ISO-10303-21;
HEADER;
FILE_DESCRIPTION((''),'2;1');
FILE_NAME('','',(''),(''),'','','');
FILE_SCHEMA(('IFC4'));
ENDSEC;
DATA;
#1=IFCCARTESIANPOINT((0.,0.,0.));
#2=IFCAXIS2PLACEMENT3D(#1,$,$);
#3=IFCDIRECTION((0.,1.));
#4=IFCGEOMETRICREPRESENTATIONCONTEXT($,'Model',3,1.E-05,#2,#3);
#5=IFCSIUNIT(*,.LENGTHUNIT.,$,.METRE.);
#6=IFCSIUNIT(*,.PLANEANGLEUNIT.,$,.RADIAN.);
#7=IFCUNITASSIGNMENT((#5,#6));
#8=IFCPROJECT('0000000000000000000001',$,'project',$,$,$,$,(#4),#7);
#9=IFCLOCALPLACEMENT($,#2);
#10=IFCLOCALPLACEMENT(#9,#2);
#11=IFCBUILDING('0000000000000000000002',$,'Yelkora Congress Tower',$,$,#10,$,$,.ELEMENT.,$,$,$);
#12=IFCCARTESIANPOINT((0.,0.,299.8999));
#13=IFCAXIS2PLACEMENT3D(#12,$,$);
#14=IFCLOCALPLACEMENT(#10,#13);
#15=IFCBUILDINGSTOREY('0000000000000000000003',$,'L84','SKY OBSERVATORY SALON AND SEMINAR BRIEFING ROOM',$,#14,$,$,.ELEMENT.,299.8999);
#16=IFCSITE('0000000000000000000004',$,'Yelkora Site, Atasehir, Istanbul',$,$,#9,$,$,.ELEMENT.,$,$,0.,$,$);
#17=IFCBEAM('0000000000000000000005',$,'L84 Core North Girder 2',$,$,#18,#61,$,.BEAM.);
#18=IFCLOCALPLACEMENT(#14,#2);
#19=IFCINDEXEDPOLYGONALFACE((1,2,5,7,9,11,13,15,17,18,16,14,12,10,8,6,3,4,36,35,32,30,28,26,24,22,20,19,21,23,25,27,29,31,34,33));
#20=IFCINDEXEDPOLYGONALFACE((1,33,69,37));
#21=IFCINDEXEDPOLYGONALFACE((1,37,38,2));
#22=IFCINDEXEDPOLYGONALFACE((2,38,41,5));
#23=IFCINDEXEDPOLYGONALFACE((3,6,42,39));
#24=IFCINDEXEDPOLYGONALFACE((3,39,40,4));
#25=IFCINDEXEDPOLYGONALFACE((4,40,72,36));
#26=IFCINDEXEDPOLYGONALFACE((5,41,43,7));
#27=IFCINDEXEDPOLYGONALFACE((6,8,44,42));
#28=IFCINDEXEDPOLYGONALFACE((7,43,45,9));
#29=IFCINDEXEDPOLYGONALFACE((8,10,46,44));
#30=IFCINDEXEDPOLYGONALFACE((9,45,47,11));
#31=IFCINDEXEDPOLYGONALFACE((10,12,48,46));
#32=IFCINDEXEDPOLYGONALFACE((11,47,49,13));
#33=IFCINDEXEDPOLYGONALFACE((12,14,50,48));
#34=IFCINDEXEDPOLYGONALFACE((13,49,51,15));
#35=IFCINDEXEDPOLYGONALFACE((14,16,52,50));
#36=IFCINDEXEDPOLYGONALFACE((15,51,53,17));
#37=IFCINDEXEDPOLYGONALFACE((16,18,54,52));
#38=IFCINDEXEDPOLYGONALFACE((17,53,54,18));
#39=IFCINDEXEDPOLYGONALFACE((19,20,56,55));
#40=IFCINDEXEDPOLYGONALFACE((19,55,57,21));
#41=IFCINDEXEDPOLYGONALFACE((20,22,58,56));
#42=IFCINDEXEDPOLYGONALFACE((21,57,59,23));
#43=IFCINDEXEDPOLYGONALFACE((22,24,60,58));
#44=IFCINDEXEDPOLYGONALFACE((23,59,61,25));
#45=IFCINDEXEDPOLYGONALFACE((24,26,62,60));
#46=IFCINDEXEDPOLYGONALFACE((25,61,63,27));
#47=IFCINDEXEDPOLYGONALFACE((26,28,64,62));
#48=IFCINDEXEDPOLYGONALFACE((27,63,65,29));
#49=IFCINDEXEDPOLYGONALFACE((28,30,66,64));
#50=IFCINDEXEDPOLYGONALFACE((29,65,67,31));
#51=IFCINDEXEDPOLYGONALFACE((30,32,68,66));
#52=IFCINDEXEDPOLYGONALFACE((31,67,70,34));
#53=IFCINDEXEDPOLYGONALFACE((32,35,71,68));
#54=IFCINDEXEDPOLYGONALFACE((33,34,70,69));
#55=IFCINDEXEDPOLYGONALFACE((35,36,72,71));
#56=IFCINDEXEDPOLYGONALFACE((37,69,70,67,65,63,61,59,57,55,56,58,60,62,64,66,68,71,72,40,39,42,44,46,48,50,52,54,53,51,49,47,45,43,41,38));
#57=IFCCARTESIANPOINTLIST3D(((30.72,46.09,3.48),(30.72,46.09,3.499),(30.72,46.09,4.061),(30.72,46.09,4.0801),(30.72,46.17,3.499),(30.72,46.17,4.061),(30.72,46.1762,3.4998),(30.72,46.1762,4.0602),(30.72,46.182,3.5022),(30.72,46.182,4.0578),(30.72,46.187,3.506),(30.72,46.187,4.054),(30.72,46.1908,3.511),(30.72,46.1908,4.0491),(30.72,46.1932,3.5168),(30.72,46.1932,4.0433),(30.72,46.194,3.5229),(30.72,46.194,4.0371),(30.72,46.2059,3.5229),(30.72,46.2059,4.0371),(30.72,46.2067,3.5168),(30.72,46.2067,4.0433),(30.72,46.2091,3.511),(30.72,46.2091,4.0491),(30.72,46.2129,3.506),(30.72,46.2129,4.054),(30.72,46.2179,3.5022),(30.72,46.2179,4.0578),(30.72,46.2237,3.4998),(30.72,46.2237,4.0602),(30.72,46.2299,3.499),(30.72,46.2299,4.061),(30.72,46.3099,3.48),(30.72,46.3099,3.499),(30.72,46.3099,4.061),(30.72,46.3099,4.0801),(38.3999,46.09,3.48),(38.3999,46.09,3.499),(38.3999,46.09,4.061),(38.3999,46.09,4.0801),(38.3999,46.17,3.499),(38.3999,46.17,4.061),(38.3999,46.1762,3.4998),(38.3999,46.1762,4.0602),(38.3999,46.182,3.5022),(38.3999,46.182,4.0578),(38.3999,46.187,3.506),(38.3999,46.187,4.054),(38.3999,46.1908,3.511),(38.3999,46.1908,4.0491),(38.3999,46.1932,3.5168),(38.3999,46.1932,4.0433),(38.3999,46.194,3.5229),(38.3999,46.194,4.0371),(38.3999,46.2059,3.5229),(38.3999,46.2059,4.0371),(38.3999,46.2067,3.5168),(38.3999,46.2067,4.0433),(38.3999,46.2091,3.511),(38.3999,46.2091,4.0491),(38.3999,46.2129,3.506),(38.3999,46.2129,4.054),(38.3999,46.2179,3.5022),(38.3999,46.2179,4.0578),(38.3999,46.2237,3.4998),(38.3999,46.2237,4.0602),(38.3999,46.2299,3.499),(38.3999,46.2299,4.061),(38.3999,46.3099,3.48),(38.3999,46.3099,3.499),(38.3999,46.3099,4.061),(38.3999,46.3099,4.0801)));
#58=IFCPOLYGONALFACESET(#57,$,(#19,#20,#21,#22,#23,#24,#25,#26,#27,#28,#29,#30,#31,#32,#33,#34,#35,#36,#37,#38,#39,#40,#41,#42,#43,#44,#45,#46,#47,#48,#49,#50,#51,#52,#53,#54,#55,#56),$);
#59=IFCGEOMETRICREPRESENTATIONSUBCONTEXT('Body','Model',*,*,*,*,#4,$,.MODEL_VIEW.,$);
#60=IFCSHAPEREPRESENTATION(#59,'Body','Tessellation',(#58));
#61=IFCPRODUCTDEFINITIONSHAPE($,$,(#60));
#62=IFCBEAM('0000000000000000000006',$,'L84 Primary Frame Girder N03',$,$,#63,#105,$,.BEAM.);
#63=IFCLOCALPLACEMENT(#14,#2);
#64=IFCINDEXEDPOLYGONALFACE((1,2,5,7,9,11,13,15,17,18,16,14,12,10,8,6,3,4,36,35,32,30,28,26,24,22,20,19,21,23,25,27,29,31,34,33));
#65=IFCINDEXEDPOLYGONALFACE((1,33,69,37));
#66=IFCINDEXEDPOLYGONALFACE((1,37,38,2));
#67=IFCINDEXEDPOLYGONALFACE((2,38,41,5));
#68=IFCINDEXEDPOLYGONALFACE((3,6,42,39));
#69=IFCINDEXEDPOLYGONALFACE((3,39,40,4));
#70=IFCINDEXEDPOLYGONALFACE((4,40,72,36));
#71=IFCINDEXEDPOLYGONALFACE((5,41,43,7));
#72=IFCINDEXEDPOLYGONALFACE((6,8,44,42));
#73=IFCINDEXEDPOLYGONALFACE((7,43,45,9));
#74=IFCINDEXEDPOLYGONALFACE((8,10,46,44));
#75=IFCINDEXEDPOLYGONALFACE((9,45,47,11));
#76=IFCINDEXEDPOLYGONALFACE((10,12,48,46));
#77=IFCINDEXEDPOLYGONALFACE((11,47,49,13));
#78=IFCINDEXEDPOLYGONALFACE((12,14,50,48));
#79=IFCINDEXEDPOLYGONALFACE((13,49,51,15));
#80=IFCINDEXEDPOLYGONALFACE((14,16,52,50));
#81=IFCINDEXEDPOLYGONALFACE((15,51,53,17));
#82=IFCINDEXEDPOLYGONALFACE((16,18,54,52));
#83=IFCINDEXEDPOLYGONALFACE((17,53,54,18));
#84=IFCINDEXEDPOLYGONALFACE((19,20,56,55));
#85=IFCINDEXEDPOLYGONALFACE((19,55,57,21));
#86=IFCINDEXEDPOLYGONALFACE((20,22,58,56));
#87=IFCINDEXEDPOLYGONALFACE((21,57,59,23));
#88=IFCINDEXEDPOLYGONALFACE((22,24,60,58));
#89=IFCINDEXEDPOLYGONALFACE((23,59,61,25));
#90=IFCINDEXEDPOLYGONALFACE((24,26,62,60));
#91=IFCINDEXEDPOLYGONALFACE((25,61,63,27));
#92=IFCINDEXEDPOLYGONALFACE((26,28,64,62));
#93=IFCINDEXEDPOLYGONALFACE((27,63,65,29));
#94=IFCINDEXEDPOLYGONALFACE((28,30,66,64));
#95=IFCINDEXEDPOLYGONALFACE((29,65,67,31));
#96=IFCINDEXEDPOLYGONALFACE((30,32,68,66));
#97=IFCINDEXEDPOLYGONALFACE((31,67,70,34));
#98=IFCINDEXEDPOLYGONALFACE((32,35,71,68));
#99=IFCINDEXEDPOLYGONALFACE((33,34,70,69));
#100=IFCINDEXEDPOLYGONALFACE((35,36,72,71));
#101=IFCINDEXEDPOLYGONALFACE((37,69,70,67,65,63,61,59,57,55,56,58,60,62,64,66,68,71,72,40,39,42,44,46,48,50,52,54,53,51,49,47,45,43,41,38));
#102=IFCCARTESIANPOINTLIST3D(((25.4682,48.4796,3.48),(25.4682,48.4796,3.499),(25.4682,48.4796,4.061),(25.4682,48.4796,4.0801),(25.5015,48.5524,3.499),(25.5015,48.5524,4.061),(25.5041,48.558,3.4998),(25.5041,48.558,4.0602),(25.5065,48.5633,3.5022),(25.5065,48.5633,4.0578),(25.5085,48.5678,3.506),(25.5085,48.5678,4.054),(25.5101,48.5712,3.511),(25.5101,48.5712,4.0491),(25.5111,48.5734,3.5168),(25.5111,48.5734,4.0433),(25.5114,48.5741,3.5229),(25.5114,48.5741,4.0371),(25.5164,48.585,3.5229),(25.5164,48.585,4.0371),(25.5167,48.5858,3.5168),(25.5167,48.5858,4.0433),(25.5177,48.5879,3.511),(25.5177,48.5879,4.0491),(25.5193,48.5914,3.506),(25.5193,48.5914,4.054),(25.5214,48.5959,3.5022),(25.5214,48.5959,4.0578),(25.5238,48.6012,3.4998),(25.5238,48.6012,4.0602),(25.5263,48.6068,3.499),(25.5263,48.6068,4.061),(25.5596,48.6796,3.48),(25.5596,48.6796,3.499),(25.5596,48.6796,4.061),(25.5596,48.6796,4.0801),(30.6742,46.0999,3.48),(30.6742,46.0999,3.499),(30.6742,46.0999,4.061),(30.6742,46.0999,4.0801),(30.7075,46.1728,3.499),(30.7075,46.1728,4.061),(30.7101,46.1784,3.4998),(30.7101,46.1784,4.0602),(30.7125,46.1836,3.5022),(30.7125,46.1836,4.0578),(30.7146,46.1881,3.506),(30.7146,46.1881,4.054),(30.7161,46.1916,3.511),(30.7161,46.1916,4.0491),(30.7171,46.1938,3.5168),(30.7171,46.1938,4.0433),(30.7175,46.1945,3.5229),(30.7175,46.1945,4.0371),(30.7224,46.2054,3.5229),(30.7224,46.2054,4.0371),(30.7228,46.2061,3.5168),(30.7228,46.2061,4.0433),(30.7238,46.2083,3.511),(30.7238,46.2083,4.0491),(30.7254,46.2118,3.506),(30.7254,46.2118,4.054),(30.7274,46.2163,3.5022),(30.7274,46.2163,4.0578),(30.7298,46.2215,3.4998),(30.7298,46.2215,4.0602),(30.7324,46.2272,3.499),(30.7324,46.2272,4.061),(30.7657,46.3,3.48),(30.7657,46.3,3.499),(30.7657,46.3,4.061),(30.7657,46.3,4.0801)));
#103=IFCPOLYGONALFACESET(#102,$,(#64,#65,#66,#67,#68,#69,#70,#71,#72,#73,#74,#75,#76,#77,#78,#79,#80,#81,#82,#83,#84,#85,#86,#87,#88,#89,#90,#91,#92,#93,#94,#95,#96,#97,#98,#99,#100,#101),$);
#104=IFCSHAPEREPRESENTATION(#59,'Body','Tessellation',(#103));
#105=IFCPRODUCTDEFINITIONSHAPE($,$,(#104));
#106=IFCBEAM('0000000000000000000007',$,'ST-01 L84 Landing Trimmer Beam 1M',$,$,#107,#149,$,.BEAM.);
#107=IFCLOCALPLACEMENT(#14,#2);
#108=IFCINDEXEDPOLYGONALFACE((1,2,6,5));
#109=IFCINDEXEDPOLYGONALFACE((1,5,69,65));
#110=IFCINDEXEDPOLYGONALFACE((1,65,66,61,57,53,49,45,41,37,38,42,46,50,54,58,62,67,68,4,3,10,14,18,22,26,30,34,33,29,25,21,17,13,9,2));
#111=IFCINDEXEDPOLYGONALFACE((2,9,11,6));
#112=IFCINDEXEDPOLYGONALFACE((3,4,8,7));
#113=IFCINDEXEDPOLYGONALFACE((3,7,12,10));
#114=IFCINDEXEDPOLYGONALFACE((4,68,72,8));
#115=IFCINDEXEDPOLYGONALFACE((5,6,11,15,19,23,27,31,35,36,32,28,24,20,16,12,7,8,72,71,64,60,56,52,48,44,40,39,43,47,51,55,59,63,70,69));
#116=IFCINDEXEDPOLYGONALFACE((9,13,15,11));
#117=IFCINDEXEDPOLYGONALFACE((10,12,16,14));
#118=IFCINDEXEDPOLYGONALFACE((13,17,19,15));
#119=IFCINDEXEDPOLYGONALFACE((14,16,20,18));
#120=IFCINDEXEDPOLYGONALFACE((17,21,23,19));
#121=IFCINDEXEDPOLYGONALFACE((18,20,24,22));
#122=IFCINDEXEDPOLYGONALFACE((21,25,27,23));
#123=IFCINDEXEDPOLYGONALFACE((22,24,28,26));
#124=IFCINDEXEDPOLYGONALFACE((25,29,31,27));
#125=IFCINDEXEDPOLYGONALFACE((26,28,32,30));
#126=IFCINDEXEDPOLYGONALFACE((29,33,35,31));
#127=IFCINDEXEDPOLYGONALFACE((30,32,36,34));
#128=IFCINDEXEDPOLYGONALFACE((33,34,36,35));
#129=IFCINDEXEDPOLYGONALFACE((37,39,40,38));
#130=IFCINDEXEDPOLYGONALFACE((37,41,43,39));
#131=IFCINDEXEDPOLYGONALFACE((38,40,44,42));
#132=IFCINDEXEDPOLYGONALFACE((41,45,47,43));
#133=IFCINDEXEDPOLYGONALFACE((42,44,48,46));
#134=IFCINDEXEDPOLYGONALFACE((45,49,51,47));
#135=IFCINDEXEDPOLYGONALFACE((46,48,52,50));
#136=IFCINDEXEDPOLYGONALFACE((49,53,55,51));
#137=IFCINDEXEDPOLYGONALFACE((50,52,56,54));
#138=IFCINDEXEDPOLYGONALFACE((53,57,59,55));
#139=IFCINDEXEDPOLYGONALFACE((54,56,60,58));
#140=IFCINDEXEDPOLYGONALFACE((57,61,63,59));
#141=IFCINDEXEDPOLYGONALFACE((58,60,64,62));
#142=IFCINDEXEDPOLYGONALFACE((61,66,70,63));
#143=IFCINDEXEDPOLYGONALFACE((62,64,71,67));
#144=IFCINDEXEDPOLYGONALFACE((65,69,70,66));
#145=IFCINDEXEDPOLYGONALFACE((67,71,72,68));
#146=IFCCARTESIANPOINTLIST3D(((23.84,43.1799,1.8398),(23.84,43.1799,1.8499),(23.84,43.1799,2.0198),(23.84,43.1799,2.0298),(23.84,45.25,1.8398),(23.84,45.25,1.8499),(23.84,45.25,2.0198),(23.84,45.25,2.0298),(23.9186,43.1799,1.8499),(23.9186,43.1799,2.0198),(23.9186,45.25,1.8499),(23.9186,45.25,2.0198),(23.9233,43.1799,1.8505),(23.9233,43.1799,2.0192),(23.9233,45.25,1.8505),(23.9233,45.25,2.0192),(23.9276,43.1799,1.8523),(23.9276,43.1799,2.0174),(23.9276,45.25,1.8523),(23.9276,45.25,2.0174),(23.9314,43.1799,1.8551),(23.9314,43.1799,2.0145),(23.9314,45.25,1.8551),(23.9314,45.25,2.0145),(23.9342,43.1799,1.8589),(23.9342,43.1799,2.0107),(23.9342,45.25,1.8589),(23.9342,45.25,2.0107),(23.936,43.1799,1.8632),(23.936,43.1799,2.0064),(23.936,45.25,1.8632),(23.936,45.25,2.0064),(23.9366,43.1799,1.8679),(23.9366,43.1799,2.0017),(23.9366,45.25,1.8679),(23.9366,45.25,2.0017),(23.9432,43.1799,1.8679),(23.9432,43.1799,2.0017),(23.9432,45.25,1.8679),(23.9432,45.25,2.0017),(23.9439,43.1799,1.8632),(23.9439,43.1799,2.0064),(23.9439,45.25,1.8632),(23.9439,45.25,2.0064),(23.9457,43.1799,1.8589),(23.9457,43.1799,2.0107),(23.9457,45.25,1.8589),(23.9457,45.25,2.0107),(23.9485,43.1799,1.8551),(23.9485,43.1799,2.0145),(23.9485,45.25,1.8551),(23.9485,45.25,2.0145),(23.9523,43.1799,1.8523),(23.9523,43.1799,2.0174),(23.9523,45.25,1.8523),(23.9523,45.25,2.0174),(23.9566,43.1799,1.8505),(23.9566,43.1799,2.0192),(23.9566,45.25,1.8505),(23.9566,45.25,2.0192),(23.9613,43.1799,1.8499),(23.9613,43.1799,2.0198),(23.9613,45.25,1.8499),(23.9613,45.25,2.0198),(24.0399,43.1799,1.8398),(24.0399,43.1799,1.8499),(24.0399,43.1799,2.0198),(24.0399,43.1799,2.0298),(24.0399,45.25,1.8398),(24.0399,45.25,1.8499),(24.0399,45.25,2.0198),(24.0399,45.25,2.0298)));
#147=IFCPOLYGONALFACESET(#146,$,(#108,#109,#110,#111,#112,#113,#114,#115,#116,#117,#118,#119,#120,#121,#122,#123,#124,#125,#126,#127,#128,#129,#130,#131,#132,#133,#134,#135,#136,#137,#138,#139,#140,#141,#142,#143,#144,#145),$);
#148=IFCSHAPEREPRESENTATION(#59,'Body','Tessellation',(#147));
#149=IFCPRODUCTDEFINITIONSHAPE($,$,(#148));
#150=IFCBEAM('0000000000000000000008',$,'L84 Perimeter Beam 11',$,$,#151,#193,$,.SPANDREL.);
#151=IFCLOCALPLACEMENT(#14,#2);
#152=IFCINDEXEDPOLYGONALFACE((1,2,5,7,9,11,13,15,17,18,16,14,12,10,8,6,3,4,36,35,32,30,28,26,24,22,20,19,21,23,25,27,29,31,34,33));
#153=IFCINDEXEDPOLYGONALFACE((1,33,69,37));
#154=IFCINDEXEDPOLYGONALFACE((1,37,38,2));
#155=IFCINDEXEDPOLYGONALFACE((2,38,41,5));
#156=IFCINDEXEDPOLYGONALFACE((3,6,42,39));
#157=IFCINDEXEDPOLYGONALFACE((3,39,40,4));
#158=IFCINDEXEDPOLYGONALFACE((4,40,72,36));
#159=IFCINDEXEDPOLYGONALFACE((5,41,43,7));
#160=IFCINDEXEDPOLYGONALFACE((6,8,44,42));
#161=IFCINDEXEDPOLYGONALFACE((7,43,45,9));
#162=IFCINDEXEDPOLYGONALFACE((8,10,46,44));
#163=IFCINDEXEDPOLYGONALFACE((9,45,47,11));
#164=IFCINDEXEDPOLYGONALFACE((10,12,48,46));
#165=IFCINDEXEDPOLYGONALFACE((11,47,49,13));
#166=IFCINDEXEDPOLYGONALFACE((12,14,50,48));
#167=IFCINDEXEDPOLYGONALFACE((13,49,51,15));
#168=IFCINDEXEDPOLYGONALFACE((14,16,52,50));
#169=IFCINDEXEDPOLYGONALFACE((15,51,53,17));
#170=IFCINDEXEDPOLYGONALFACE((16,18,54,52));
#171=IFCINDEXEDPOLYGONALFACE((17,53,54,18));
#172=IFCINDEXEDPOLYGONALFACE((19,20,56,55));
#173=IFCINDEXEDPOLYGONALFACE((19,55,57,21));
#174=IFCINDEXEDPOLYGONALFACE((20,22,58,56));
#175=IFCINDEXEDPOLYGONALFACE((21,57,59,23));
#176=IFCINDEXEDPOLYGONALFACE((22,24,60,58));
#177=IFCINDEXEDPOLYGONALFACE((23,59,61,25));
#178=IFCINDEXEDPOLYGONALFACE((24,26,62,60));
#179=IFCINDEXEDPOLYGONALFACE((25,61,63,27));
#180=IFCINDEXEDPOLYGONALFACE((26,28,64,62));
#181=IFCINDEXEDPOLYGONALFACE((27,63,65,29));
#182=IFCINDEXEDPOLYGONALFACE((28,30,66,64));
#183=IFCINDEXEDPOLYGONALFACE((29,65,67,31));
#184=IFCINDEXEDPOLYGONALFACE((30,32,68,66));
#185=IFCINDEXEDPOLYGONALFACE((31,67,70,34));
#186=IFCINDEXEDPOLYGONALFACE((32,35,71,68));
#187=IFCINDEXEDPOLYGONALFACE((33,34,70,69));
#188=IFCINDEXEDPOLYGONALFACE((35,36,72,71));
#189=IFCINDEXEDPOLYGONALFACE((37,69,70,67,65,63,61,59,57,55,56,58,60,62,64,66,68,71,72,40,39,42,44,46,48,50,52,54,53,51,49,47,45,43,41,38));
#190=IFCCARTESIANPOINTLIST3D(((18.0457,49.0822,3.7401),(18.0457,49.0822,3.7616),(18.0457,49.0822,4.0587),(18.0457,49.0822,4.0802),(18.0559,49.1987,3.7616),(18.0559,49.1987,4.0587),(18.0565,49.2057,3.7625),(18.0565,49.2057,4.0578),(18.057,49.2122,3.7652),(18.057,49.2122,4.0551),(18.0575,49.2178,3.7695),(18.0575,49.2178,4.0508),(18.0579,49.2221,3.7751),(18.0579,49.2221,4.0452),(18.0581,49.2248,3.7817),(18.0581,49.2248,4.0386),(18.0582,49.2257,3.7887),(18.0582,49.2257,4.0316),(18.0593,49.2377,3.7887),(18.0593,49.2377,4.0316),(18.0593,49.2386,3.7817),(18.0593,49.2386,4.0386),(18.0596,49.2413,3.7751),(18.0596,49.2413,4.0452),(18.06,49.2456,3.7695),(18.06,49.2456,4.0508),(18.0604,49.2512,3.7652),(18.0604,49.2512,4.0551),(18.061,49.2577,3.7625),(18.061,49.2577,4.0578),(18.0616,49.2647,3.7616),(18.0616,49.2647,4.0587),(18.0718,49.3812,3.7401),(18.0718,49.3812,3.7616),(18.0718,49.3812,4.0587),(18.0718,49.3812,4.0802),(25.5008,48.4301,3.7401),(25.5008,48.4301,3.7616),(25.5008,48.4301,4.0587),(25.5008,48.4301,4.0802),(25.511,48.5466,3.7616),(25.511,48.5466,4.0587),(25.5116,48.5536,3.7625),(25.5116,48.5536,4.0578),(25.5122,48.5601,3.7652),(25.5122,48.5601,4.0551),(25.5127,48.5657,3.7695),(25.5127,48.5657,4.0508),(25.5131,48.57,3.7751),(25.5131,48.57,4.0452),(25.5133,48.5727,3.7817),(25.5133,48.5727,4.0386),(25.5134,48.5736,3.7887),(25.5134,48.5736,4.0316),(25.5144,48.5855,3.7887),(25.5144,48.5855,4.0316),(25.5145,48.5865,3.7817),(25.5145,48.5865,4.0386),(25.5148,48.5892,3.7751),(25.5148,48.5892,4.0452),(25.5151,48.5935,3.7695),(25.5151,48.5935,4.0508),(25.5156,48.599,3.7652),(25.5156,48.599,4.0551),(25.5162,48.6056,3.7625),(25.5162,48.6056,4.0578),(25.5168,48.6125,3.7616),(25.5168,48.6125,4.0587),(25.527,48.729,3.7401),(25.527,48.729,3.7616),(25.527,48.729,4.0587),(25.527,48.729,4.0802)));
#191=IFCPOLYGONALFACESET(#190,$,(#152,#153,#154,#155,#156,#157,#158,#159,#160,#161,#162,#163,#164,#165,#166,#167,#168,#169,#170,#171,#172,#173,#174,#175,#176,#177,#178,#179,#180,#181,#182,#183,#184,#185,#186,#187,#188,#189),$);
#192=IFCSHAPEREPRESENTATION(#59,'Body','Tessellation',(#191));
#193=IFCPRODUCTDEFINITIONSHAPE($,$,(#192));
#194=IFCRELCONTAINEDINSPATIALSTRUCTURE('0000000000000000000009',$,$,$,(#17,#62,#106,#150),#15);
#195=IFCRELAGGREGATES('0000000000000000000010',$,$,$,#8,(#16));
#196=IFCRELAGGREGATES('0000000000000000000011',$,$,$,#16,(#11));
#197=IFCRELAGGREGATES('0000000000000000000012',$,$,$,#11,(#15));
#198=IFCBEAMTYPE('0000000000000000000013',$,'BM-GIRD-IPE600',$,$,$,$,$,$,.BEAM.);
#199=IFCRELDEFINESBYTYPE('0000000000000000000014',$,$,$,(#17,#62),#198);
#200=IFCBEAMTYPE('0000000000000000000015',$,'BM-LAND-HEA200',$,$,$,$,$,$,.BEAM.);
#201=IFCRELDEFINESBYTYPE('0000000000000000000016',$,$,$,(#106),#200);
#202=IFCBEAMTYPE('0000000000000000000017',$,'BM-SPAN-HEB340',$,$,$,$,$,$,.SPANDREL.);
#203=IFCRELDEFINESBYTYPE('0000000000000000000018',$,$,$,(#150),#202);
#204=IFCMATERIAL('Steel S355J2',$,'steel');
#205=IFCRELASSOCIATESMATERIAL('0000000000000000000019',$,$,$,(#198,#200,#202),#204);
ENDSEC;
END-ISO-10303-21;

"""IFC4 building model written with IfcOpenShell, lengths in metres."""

from ifc_helpers import new_model, si_unit, direction, frame, origin, origin_2d, place, context, subcontext, project, spatial, i_section, extrude, material, material_profile, profile_set, type_object, element, save


model = new_model("IFC4")

# Units and contexts
model_context = context("Model", 3, precision=1e-05, world=origin(), true_north=direction((0.0, 1.0)))
body_context = subcontext(model_context, "Body", "Model", "MODEL_VIEW")
ifc_project = project(units=[si_unit("LENGTHUNIT", "METRE"), si_unit("PLANEANGLEUNIT", "RADIAN")], contexts=[model_context])

# Site, building, storey
site_placement = place(None, origin())
site = spatial("IfcSite", under=ifc_project, at=site_placement, Name="Yelkora Site, Atasehir, Istanbul", CompositionType="ELEMENT", RefElevation=0.0)
building_placement = place(site_placement, origin())
building = spatial("IfcBuilding", under=site, at=building_placement, Name="Yelkora Congress Tower", CompositionType="ELEMENT")
storey_placement = place(building_placement, frame((0.0, 0.0, 299.8999)))
storey = spatial("IfcBuildingStorey", under=building, at=storey_placement, Name="L84", Description="SKY OBSERVATORY SALON AND SEMINAR BRIEFING ROOM", CompositionType="ELEMENT", Elevation=299.8999)

# Shared definitions
ifc_material_1 = material(Name="Steel S355J2", Category="steel")

# Beams
ifc_material_profile_1 = material_profile(ifc_material_1, i_section(OverallWidth=0.22, OverallDepth=0.6001, WebThickness=0.012, FlangeThickness=0.019, FilletRadius=0.0239, at=origin_2d()), Name="IPE 600")
ifc_profile_set_1 = profile_set([ifc_material_profile_1], Name="Steel S355J2")
beam_type_1 = type_object("IfcBeamType", Name="BM-GIRD-IPE600", PredefinedType="BEAM", material=ifc_profile_set_1)
beam_1_placement = place(storey_placement, frame((30.72, 46.2, 3.78), z_axis=(1.0, 0.0, 0.0), x_axis=(0.0, 1.0, 0.0)))
element("IfcBeam", 1, at=beam_1_placement, inside=storey, type_object=beam_type_1, Name="L84 Core North Girder 2", PredefinedType="BEAM", context=body_context, shape_type="SweptSolid", body=[
    extrude(i_section(OverallWidth=0.22, OverallDepth=0.6001, WebThickness=0.012, FlangeThickness=0.019, FilletRadius=0.0239, at=origin_2d()), origin(), (0.0, 0.0, 1.0), 7.6799),
])
beam_2_placement = place(storey_placement, frame((25.5139, 48.5796, 3.78), z_axis=(0.909492, -0.41572, 0.0), x_axis=(0.41572, 0.909492, 0.0)))
element("IfcBeam", 2, at=beam_2_placement, inside=storey, type_object=beam_type_1, Name="L84 Primary Frame Girder N03", PredefinedType="BEAM", context=body_context, shape_type="SweptSolid", body=[
    extrude(i_section(OverallWidth=0.22, OverallDepth=0.6001, WebThickness=0.012, FlangeThickness=0.019, FilletRadius=0.0239, at=origin_2d()), origin(), (0.0, 0.0, 1.0), 5.7241),
])
ifc_material_profile_2 = material_profile(ifc_material_1, i_section(OverallWidth=0.2, OverallDepth=0.1899, WebThickness=0.0066, FlangeThickness=0.01, FilletRadius=0.0181, at=origin_2d()), Name="HEA 200")
ifc_profile_set_2 = profile_set([ifc_material_profile_2], Name="Steel S355J2")
beam_type_2 = type_object("IfcBeamType", Name="BM-LAND-HEA200", PredefinedType="BEAM", material=ifc_profile_set_2)
beam_3_placement = place(storey_placement, frame((23.9399, 43.1799, 1.9348), z_axis=(0.0, 1.0, 0.0), x_axis=(-1.0, 0.0, 0.0)))
element("IfcBeam", 3, at=beam_3_placement, inside=storey, type_object=beam_type_2, Name="ST-01 L84 Landing Trimmer Beam 1M", PredefinedType="BEAM", context=body_context, shape_type="SweptSolid", body=[
    extrude(i_section(OverallWidth=0.2, OverallDepth=0.1899, WebThickness=0.0066, FlangeThickness=0.01, FilletRadius=0.0181, at=origin_2d()), origin(), (0.0, 0.0, 1.0), 2.0701),
])
ifc_material_profile_3 = material_profile(ifc_material_1, i_section(OverallWidth=0.3, OverallDepth=0.3401, WebThickness=0.012, FlangeThickness=0.0215, FilletRadius=0.0271, at=origin_2d()), Name="HEB 340")
ifc_profile_set_3 = profile_set([ifc_material_profile_3], Name="Steel S355J2")
beam_type_3 = type_object("IfcBeamType", Name="BM-SPAN-HEB340", PredefinedType="SPANDREL", material=ifc_profile_set_3)
beam_4_placement = place(storey_placement, frame((25.5139, 48.5796, 3.9102), z_axis=(-0.996196, 0.087138, 0.0), x_axis=(-0.087138, -0.996196, 0.0)))
element("IfcBeam", 4, at=beam_4_placement, inside=storey, type_object=beam_type_3, Name="L84 Perimeter Beam 11", PredefinedType="SPANDREL", context=body_context, shape_type="SweptSolid", body=[
    extrude(i_section(OverallWidth=0.3, OverallDepth=0.3401, WebThickness=0.012, FlangeThickness=0.0215, FilletRadius=0.0271, at=origin_2d()), origin(), (0.0, 0.0, 1.0), 7.4836),
])

save(model, "model.ifc")
